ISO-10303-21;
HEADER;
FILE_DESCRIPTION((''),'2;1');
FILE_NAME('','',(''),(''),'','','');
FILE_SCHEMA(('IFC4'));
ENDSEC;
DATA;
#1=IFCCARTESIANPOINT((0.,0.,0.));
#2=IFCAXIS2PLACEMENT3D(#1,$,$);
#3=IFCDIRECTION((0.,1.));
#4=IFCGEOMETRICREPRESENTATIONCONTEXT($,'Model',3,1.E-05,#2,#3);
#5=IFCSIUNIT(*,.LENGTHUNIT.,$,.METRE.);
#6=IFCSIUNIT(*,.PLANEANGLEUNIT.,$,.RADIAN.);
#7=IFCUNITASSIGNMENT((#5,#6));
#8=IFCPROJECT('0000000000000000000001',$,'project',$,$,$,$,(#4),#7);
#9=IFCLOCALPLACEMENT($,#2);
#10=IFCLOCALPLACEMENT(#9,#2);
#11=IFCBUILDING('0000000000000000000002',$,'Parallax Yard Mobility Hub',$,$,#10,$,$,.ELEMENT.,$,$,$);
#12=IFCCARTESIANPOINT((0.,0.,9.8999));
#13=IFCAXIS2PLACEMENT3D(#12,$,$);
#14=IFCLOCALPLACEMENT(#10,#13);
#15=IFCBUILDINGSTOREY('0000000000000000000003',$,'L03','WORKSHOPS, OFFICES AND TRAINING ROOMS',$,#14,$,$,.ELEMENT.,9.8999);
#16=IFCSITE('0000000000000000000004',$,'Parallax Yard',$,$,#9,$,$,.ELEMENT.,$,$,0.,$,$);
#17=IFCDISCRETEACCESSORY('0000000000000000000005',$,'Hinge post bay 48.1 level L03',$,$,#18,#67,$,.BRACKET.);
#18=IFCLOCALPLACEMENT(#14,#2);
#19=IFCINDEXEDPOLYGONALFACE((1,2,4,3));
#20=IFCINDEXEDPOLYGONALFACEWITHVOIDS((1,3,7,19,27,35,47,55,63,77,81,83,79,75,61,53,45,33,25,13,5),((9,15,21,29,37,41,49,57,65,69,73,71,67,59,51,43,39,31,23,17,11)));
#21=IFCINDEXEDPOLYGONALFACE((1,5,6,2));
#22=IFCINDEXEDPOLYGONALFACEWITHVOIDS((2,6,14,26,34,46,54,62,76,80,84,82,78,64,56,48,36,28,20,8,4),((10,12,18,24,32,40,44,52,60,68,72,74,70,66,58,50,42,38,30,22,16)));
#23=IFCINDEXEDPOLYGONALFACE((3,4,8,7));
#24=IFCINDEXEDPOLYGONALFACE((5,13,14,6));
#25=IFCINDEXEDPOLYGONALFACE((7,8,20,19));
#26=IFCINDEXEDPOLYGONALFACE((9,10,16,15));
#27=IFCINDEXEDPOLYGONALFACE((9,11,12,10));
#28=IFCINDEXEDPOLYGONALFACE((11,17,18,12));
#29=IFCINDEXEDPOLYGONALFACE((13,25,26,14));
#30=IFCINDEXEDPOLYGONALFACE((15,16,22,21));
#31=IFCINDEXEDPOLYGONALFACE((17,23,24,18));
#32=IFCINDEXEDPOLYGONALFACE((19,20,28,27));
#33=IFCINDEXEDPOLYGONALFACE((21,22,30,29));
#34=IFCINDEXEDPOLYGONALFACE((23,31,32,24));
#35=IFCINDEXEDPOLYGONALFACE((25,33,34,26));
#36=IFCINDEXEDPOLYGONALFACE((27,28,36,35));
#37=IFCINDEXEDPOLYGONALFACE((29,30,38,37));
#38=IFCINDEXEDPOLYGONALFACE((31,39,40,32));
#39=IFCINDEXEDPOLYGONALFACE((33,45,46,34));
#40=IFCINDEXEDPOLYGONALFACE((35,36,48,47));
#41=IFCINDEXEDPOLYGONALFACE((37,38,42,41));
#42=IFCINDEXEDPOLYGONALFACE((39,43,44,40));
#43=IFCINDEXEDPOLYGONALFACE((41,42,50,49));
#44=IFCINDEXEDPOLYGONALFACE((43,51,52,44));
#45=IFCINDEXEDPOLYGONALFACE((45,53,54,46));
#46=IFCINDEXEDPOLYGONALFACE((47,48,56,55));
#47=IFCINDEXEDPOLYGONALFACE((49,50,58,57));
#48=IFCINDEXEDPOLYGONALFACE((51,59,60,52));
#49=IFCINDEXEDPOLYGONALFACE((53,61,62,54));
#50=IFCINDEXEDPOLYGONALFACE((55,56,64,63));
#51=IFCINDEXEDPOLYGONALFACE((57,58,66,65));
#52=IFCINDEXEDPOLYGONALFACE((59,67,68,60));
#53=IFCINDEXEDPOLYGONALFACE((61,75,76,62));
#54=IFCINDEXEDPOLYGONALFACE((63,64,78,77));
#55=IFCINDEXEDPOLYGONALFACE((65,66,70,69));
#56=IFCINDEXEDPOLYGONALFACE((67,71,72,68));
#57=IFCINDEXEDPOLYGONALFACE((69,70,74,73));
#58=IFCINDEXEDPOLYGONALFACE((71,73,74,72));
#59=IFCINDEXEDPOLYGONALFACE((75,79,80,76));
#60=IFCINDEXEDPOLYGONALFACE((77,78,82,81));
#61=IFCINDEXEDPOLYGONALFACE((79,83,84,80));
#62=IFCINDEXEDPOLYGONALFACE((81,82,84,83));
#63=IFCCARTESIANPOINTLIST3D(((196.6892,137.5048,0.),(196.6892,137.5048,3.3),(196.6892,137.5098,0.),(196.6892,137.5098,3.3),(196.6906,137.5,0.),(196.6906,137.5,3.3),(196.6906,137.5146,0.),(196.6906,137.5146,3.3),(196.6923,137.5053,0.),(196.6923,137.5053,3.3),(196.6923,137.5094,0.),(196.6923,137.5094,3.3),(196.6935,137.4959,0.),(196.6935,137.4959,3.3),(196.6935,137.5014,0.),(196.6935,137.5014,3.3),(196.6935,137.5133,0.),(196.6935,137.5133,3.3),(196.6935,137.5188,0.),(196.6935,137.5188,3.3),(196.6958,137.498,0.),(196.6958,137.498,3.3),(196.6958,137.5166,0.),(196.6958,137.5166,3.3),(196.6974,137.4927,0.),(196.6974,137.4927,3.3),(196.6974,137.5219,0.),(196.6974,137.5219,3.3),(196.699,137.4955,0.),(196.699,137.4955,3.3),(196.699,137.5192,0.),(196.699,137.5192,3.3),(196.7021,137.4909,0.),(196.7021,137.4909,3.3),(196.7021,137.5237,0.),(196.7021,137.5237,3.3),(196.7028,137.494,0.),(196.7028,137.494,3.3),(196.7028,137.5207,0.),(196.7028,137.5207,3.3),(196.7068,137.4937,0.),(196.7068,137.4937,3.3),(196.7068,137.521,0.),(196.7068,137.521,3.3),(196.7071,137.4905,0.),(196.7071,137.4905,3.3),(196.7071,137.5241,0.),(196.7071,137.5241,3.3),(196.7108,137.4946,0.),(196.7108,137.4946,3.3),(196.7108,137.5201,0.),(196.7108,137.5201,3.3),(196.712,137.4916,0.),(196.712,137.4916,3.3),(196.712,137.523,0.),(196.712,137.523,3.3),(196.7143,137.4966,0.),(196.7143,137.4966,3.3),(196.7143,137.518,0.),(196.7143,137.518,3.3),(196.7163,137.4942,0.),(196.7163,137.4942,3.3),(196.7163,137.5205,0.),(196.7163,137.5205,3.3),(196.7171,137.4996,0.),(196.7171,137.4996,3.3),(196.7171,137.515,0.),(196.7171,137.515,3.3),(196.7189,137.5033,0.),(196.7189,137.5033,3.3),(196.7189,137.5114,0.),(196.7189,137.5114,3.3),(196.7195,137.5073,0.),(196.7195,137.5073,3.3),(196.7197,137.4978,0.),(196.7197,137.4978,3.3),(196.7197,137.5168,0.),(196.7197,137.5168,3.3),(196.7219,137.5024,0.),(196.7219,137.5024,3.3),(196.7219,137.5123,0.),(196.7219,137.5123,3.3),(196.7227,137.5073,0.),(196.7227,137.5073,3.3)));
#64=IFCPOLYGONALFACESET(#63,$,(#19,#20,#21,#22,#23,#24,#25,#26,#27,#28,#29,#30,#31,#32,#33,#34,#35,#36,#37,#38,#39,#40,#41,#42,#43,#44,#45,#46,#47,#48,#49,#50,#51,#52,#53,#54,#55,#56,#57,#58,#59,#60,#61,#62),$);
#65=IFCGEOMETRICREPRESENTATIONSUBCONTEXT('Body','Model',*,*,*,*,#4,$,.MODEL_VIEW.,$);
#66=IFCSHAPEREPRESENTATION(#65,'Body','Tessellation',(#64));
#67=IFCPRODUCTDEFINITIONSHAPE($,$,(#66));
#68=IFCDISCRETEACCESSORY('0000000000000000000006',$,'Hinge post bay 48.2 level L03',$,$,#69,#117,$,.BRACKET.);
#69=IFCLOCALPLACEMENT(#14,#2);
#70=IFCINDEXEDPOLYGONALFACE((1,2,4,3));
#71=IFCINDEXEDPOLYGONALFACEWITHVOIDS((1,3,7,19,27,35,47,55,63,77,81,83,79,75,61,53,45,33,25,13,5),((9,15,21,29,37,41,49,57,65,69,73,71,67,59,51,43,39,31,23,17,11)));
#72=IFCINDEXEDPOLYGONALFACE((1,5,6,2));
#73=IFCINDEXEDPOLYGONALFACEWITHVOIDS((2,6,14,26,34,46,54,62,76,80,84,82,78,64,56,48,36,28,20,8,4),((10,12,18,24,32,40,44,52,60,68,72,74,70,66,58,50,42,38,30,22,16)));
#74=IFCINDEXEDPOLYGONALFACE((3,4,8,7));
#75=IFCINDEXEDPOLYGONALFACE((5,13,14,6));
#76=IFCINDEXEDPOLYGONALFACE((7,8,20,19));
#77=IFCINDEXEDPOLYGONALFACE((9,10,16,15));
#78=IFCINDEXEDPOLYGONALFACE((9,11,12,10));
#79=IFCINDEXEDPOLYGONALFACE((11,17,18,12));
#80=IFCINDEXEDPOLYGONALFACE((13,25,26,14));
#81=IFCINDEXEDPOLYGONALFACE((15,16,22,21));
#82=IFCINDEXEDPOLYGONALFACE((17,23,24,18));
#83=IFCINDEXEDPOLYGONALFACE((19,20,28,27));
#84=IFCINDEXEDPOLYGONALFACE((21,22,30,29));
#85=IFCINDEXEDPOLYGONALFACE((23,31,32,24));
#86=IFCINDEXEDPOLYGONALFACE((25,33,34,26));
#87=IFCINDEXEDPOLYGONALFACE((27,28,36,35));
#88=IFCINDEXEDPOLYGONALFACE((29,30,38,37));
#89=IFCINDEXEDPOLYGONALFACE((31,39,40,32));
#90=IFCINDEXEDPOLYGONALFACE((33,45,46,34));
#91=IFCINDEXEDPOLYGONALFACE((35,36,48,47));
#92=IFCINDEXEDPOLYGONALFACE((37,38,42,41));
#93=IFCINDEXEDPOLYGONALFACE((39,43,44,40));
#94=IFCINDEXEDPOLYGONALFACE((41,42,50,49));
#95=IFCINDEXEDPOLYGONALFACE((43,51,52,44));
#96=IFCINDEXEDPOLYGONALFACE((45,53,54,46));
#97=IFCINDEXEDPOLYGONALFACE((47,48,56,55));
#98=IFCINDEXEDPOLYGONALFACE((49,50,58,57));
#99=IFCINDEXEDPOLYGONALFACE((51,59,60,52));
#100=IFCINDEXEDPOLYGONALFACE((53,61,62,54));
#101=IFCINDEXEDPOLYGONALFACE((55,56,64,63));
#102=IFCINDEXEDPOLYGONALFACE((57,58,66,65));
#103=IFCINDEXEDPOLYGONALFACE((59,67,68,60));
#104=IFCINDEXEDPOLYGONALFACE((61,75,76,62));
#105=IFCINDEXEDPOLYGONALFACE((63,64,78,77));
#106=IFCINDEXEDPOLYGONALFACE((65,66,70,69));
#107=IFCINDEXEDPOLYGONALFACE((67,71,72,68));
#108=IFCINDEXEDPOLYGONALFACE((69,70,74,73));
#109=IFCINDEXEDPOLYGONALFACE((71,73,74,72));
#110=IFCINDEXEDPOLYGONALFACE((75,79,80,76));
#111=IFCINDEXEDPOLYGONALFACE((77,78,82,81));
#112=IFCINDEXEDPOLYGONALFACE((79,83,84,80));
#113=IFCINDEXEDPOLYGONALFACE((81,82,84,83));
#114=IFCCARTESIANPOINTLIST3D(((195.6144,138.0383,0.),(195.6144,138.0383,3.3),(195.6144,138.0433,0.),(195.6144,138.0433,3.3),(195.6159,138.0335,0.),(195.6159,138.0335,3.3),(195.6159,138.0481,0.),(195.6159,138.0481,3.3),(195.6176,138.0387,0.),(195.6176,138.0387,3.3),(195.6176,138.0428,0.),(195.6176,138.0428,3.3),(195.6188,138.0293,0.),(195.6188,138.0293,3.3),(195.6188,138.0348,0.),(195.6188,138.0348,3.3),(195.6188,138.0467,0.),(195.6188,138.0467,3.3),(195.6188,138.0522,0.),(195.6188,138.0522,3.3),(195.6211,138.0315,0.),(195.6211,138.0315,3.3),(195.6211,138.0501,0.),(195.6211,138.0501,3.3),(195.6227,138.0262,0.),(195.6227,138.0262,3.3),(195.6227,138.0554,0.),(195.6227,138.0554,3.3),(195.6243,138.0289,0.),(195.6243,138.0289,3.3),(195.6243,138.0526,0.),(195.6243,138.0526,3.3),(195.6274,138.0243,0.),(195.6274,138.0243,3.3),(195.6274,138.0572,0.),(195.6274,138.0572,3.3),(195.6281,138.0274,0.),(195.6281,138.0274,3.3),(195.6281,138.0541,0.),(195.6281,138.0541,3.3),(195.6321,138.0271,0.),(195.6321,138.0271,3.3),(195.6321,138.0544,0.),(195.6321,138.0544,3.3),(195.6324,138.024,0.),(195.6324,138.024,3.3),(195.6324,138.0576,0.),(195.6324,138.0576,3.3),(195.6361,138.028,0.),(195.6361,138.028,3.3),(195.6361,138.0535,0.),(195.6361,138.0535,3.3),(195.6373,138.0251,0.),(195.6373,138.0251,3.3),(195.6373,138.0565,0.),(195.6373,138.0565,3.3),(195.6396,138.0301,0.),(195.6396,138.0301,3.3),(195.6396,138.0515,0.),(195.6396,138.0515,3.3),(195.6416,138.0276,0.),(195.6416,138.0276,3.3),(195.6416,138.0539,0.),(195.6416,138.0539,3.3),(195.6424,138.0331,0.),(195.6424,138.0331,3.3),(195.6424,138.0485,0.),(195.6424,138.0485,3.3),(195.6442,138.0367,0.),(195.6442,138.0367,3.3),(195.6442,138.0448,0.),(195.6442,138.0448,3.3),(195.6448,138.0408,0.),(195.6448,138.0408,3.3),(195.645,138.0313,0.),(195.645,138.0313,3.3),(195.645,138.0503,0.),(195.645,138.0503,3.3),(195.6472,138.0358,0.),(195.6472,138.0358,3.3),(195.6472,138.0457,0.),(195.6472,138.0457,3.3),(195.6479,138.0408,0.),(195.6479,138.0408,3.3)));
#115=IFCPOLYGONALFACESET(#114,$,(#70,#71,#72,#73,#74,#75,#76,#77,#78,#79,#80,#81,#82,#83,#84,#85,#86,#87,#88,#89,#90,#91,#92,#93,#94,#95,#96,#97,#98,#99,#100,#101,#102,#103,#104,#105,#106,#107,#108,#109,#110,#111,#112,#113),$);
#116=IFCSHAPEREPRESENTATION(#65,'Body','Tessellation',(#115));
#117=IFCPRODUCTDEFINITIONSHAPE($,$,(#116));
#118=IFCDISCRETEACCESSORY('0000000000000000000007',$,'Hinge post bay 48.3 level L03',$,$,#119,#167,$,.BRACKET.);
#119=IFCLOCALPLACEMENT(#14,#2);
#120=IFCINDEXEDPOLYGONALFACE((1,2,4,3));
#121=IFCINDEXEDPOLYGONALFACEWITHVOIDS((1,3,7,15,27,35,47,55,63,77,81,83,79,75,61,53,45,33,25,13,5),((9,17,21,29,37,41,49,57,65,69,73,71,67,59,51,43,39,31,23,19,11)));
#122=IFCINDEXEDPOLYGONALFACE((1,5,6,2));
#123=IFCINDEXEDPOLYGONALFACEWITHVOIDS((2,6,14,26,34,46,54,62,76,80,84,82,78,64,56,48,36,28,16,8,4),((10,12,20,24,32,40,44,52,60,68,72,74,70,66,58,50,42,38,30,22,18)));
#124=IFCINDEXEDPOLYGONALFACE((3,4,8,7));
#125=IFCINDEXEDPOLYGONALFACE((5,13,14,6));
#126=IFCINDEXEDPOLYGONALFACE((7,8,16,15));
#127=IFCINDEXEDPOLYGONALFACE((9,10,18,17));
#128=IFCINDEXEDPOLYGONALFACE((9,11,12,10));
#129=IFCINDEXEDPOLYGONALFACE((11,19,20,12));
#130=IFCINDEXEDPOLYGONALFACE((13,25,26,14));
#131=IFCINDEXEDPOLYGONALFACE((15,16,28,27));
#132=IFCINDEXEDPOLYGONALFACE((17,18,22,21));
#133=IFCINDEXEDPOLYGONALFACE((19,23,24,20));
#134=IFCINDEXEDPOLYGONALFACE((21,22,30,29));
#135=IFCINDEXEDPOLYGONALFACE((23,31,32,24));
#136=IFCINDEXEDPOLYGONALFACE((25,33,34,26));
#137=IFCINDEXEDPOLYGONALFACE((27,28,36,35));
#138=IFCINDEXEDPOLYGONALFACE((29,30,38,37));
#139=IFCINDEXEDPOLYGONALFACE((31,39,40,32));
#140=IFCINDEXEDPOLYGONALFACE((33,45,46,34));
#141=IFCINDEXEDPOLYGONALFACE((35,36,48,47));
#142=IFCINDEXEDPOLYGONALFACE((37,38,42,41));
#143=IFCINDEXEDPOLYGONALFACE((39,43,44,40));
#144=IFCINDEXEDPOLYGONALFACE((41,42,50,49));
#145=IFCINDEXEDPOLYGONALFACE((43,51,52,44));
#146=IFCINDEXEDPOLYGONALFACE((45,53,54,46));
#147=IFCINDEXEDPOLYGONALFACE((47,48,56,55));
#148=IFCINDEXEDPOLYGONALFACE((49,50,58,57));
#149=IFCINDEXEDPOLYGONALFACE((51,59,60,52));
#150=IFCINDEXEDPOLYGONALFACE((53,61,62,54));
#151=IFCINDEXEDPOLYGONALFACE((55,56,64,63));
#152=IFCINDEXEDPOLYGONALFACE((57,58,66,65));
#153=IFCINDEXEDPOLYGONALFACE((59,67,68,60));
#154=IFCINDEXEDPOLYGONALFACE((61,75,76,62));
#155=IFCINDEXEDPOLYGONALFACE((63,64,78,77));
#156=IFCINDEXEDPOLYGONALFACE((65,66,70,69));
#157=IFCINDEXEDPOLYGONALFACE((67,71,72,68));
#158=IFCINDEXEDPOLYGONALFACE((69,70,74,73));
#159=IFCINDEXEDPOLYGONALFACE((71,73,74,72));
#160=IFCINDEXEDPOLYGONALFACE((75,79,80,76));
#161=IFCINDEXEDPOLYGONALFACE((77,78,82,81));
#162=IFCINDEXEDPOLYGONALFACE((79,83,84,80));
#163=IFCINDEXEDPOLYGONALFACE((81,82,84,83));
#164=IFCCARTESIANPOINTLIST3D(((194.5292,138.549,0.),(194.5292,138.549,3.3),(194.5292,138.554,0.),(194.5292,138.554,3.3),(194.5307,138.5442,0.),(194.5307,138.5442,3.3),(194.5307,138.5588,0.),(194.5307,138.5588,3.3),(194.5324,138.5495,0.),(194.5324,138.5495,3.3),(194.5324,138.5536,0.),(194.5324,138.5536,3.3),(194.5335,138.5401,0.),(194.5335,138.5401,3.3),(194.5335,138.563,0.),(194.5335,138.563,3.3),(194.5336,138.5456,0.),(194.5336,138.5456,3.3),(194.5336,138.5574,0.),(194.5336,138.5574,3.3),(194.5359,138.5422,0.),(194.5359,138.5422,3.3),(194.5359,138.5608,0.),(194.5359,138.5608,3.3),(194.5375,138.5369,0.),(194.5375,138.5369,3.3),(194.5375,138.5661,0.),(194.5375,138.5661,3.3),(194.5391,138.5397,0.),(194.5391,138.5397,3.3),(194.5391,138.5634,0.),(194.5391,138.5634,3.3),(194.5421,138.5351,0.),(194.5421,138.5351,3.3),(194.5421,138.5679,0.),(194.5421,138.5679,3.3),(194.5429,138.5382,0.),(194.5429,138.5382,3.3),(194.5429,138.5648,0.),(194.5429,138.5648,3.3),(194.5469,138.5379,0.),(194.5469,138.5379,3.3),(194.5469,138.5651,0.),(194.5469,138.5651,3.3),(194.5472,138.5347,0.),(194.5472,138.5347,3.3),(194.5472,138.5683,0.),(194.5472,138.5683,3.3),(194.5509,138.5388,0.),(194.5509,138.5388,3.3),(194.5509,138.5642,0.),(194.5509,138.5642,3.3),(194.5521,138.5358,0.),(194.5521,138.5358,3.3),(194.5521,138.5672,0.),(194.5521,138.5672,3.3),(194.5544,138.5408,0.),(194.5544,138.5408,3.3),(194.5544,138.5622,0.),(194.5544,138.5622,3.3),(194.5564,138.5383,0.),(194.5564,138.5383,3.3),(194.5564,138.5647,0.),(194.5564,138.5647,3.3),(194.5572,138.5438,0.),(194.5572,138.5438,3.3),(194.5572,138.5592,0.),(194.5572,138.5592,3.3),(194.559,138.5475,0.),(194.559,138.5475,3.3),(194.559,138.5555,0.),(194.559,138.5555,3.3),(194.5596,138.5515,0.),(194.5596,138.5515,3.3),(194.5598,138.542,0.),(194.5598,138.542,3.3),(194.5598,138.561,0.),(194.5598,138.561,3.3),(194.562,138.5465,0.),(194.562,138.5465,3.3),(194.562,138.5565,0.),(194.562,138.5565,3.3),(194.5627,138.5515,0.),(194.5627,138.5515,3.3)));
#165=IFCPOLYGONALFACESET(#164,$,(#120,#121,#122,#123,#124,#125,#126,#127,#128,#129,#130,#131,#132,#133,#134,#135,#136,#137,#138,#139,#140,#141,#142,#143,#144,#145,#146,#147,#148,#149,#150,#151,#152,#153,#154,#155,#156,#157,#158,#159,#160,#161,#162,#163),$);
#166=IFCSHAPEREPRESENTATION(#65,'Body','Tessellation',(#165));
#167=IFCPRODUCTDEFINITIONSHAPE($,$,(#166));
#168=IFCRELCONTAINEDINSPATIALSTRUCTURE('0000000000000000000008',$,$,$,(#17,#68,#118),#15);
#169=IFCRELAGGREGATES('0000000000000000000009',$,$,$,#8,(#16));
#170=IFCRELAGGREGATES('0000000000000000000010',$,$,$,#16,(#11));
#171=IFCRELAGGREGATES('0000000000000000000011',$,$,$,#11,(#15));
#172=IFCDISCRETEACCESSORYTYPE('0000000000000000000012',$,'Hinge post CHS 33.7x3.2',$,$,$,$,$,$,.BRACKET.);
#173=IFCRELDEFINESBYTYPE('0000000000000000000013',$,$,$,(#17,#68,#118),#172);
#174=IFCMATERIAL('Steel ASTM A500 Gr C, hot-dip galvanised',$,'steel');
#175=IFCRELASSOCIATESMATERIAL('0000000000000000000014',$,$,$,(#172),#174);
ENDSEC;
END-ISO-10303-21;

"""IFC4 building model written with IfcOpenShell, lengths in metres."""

from ifc_helpers import new_model, si_unit, direction, frame, origin, origin_2d, place, context, subcontext, project, spatial, hollow_circle, extrude, material, material_profile, profile_set, type_object, element, save


model = new_model("IFC4")

# Units and contexts
model_context = context("Model", 3, precision=1e-05, world=origin(), true_north=direction((0.0, 1.0)))
body_context = subcontext(model_context, "Body", "Model", "MODEL_VIEW")
ifc_project = project(units=[si_unit("LENGTHUNIT", "METRE"), si_unit("PLANEANGLEUNIT", "RADIAN")], contexts=[model_context])

# Site, building, storey
site_placement = place(None, origin())
site = spatial("IfcSite", under=ifc_project, at=site_placement, Name="Parallax Yard", CompositionType="ELEMENT", RefElevation=0.0)
building_placement = place(site_placement, origin())
building = spatial("IfcBuilding", under=site, at=building_placement, Name="Parallax Yard Mobility Hub", CompositionType="ELEMENT")
storey_placement = place(building_placement, frame((0.0, 0.0, 9.8999)))
storey = spatial("IfcBuildingStorey", under=building, at=storey_placement, Name="L03", Description="WORKSHOPS, OFFICES AND TRAINING ROOMS", CompositionType="ELEMENT", Elevation=9.8999)

# Discrete accessories
ifc_material_1 = material(Name="Steel ASTM A500 Gr C, hot-dip galvanised", Category="steel")
ifc_material_profile_1 = material_profile(ifc_material_1, hollow_circle(Radius=0.0168, WallThickness=0.0032, at=origin_2d()), Name="CHS 33.7x3.2")
ifc_profile_set_1 = profile_set([ifc_material_profile_1], Name="Steel ASTM A500 Gr C, hot-dip galvanised")
discrete_accessory_type_1 = type_object("IfcDiscreteAccessoryType", Name="Hinge post CHS 33.7x3.2", PredefinedType="BRACKET", material=ifc_profile_set_1)
for number, where, z_axis, x_axis, name in (
    (1, (196.7058, 137.5073, 0.0), (0.0, 0.0, 1.0), (1.0, 0.0, 0.0), "Hinge post bay 48.1 level L03"),
    (2, (195.6311, 138.0408, 0.0), (0.0, 0.0, 1.0), (1.0, 0.0, 0.0), "Hinge post bay 48.2 level L03"),
    (3, (194.5459, 138.5515, 0.0), (0.0, 0.0, 1.0), (1.0, 0.0, 0.0), "Hinge post bay 48.3 level L03"),
):
    element("IfcDiscreteAccessory", number, at=place(storey_placement, frame(where, z_axis=z_axis, x_axis=x_axis)), inside=storey, type_object=discrete_accessory_type_1, Name=name, PredefinedType="BRACKET", context=body_context, shape_type="SweptSolid", body=[
        extrude(hollow_circle(Radius=0.0168, WallThickness=0.0032, at=origin_2d()), origin(), (0.0, 0.0, 1.0), 3.3),
    ])

save(model, "model.ifc")
